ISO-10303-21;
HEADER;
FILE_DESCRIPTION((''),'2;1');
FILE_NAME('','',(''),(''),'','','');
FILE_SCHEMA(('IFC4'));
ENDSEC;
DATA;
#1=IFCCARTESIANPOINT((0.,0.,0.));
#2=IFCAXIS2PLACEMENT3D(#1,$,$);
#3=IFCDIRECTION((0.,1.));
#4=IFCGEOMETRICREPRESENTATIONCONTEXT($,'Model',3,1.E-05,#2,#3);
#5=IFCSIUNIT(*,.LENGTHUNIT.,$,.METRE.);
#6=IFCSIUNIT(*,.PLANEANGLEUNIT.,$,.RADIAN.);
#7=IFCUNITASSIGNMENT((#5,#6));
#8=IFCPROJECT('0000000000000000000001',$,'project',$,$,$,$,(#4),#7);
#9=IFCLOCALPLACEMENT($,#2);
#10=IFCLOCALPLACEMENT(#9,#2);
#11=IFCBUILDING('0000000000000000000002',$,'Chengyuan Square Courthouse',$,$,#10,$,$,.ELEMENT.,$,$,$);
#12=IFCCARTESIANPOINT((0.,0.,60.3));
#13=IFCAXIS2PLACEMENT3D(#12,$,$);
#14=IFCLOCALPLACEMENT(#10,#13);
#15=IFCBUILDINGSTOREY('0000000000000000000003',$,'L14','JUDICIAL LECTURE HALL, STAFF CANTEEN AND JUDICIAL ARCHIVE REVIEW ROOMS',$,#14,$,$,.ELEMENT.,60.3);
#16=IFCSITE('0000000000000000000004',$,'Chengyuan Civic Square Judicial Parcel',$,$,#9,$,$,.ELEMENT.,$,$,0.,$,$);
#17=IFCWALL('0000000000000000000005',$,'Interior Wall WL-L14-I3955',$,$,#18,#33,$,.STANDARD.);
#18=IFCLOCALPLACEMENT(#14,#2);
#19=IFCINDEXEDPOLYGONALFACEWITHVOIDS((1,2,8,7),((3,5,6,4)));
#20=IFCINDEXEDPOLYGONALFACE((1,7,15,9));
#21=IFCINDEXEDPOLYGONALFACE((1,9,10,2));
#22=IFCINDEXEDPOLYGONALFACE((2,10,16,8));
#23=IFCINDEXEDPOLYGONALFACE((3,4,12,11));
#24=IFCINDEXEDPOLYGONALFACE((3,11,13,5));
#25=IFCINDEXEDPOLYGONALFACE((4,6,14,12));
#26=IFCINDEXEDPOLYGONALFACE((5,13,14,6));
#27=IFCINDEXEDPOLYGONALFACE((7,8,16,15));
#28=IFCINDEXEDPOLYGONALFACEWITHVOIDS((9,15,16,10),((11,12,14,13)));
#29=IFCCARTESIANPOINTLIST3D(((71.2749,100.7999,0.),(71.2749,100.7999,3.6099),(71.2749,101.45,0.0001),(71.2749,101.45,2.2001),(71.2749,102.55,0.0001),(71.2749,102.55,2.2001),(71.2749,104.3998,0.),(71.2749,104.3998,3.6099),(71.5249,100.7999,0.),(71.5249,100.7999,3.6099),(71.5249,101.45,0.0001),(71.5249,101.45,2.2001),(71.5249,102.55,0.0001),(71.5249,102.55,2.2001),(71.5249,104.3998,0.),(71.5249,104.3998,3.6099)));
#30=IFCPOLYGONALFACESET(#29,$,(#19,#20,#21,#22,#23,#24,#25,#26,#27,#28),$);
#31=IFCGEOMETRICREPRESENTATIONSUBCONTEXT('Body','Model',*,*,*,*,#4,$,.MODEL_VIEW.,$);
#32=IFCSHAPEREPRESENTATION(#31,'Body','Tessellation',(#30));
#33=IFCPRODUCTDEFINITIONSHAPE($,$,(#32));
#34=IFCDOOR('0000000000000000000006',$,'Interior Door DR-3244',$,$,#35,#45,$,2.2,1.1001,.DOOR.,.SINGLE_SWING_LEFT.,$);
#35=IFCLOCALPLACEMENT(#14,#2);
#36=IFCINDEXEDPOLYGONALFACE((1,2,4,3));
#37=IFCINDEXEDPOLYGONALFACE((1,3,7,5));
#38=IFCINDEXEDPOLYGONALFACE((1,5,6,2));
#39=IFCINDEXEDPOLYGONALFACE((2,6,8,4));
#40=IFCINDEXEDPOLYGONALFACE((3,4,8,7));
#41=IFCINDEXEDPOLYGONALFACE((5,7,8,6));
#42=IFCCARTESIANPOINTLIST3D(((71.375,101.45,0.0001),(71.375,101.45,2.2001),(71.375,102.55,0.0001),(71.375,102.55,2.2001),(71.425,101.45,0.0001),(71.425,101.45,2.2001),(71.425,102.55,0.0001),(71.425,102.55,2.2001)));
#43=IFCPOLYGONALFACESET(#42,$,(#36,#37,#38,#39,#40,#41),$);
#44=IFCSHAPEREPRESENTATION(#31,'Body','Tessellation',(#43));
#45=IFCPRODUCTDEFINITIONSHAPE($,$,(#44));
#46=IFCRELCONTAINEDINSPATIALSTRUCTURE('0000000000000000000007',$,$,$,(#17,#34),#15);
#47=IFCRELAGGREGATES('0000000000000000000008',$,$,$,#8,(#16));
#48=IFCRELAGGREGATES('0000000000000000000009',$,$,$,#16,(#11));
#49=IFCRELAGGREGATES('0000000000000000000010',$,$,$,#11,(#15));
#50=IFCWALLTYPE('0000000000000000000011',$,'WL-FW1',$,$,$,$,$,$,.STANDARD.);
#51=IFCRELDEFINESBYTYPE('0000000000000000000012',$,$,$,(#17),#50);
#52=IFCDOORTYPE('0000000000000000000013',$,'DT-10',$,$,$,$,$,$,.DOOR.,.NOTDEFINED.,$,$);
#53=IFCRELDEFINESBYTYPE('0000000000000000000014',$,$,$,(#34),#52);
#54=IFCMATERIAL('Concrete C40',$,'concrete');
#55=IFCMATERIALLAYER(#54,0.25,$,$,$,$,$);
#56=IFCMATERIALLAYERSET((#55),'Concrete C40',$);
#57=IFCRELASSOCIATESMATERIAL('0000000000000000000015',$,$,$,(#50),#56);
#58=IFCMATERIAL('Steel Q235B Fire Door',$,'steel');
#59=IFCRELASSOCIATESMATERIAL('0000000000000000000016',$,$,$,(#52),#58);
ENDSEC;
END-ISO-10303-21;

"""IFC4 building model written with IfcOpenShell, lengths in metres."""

from ifc_helpers import new_model, si_unit, direction, frame, frame_2d, origin, place, context, subcontext, project, spatial, rectangle, extrude, material, layer, layer_set, type_object, element, fill, save


model = new_model("IFC4")

# Units and contexts
model_context = context("Model", 3, precision=1e-05, world=origin(), true_north=direction((0.0, 1.0)))
body_context = subcontext(model_context, "Body", "Model", "MODEL_VIEW")
ifc_project = project(units=[si_unit("LENGTHUNIT", "METRE"), si_unit("PLANEANGLEUNIT", "RADIAN")], contexts=[model_context])

# Site, building, storey
site_placement = place(None, origin())
site = spatial("IfcSite", under=ifc_project, at=site_placement, Name="Chengyuan Civic Square Judicial Parcel", CompositionType="ELEMENT", RefElevation=0.0)
building_placement = place(site_placement, origin())
building = spatial("IfcBuilding", under=site, at=building_placement, Name="Chengyuan Square Courthouse", CompositionType="ELEMENT")
storey_placement = place(building_placement, frame((0.0, 0.0, 60.3)))
storey = spatial("IfcBuildingStorey", under=building, at=storey_placement, Name="L14", Description="JUDICIAL LECTURE HALL, STAFF CANTEEN AND JUDICIAL ARCHIVE REVIEW ROOMS", CompositionType="ELEMENT", Elevation=60.3)

# Shared definitions
ifc_material_1 = material(Name="Concrete C40", Category="concrete")

# Shared definitions
ifc_layer_1 = layer(ifc_material_1, 0.25)
ifc_layer_set_1 = layer_set([ifc_layer_1], Name="Concrete C40")
wall_type_1 = type_object("IfcWallType", Name="WL-FW1", PredefinedType="STANDARD", material=ifc_layer_set_1)
ifc_material_2 = material(Name="Steel Q235B Fire Door", Category="steel")
door_type_1 = type_object("IfcDoorType", Name="DT-10", OperationType="NOTDEFINED", PredefinedType="DOOR", material=ifc_material_2)

# Wall, opening, door
wall_1_placement = place(storey_placement, frame((71.3999, 100.8, 0.0), z_axis=(0.0, 0.0, 1.0), x_axis=(0.0, 1.0, 0.0)))
wall_1 = element("IfcWall", 1, at=wall_1_placement, inside=storey, type_object=wall_type_1, Name="Interior Wall WL-L14-I3955", PredefinedType="STANDARD", context=body_context, shape_type="SweptSolid", body=[
    extrude(rectangle(XDim=3.5999, YDim=0.25, at=frame_2d((1.7998, 0.0))), origin(), (0.0, 0.0, 1.0), 3.6099),
])
opening_1_placement = place(wall_1_placement, frame((0.6499, 0.0, 0.0)))
opening_1 = element("IfcOpeningElement", 2, at=opening_1_placement, cuts=wall_1, PredefinedType="OPENING", context=body_context, shape_type="SweptSolid", body=[
    extrude(rectangle(XDim=1.1001, YDim=2.2, at=frame_2d((0.55, 1.1001))), frame((0.0, 0.137, 0.0), z_axis=(0.0, -1.0, 0.0), x_axis=(1.0, 0.0, 0.0)), (0.0, 0.0, 1.0), 0.2739),
])
door_1_placement = place(opening_1_placement, origin())
door_1 = element("IfcDoor", 3, at=door_1_placement, inside=storey, type_object=door_type_1, Name="Interior Door DR-3244", OperationType="SINGLE_SWING_LEFT", OverallHeight=2.2, OverallWidth=1.1001, PredefinedType="DOOR", context=body_context, shape_type="SweptSolid", body=[
    extrude(rectangle(XDim=1.1001, YDim=2.2, at=frame_2d((0.55, 1.1001))), frame((0.0, 0.0249, 0.0), z_axis=(0.0, -1.0, 0.0), x_axis=(1.0, 0.0, 0.0)), (0.0, 0.0, 1.0), 0.05),
])
fill(opening_1, door_1)

save(model, "model.ifc")
